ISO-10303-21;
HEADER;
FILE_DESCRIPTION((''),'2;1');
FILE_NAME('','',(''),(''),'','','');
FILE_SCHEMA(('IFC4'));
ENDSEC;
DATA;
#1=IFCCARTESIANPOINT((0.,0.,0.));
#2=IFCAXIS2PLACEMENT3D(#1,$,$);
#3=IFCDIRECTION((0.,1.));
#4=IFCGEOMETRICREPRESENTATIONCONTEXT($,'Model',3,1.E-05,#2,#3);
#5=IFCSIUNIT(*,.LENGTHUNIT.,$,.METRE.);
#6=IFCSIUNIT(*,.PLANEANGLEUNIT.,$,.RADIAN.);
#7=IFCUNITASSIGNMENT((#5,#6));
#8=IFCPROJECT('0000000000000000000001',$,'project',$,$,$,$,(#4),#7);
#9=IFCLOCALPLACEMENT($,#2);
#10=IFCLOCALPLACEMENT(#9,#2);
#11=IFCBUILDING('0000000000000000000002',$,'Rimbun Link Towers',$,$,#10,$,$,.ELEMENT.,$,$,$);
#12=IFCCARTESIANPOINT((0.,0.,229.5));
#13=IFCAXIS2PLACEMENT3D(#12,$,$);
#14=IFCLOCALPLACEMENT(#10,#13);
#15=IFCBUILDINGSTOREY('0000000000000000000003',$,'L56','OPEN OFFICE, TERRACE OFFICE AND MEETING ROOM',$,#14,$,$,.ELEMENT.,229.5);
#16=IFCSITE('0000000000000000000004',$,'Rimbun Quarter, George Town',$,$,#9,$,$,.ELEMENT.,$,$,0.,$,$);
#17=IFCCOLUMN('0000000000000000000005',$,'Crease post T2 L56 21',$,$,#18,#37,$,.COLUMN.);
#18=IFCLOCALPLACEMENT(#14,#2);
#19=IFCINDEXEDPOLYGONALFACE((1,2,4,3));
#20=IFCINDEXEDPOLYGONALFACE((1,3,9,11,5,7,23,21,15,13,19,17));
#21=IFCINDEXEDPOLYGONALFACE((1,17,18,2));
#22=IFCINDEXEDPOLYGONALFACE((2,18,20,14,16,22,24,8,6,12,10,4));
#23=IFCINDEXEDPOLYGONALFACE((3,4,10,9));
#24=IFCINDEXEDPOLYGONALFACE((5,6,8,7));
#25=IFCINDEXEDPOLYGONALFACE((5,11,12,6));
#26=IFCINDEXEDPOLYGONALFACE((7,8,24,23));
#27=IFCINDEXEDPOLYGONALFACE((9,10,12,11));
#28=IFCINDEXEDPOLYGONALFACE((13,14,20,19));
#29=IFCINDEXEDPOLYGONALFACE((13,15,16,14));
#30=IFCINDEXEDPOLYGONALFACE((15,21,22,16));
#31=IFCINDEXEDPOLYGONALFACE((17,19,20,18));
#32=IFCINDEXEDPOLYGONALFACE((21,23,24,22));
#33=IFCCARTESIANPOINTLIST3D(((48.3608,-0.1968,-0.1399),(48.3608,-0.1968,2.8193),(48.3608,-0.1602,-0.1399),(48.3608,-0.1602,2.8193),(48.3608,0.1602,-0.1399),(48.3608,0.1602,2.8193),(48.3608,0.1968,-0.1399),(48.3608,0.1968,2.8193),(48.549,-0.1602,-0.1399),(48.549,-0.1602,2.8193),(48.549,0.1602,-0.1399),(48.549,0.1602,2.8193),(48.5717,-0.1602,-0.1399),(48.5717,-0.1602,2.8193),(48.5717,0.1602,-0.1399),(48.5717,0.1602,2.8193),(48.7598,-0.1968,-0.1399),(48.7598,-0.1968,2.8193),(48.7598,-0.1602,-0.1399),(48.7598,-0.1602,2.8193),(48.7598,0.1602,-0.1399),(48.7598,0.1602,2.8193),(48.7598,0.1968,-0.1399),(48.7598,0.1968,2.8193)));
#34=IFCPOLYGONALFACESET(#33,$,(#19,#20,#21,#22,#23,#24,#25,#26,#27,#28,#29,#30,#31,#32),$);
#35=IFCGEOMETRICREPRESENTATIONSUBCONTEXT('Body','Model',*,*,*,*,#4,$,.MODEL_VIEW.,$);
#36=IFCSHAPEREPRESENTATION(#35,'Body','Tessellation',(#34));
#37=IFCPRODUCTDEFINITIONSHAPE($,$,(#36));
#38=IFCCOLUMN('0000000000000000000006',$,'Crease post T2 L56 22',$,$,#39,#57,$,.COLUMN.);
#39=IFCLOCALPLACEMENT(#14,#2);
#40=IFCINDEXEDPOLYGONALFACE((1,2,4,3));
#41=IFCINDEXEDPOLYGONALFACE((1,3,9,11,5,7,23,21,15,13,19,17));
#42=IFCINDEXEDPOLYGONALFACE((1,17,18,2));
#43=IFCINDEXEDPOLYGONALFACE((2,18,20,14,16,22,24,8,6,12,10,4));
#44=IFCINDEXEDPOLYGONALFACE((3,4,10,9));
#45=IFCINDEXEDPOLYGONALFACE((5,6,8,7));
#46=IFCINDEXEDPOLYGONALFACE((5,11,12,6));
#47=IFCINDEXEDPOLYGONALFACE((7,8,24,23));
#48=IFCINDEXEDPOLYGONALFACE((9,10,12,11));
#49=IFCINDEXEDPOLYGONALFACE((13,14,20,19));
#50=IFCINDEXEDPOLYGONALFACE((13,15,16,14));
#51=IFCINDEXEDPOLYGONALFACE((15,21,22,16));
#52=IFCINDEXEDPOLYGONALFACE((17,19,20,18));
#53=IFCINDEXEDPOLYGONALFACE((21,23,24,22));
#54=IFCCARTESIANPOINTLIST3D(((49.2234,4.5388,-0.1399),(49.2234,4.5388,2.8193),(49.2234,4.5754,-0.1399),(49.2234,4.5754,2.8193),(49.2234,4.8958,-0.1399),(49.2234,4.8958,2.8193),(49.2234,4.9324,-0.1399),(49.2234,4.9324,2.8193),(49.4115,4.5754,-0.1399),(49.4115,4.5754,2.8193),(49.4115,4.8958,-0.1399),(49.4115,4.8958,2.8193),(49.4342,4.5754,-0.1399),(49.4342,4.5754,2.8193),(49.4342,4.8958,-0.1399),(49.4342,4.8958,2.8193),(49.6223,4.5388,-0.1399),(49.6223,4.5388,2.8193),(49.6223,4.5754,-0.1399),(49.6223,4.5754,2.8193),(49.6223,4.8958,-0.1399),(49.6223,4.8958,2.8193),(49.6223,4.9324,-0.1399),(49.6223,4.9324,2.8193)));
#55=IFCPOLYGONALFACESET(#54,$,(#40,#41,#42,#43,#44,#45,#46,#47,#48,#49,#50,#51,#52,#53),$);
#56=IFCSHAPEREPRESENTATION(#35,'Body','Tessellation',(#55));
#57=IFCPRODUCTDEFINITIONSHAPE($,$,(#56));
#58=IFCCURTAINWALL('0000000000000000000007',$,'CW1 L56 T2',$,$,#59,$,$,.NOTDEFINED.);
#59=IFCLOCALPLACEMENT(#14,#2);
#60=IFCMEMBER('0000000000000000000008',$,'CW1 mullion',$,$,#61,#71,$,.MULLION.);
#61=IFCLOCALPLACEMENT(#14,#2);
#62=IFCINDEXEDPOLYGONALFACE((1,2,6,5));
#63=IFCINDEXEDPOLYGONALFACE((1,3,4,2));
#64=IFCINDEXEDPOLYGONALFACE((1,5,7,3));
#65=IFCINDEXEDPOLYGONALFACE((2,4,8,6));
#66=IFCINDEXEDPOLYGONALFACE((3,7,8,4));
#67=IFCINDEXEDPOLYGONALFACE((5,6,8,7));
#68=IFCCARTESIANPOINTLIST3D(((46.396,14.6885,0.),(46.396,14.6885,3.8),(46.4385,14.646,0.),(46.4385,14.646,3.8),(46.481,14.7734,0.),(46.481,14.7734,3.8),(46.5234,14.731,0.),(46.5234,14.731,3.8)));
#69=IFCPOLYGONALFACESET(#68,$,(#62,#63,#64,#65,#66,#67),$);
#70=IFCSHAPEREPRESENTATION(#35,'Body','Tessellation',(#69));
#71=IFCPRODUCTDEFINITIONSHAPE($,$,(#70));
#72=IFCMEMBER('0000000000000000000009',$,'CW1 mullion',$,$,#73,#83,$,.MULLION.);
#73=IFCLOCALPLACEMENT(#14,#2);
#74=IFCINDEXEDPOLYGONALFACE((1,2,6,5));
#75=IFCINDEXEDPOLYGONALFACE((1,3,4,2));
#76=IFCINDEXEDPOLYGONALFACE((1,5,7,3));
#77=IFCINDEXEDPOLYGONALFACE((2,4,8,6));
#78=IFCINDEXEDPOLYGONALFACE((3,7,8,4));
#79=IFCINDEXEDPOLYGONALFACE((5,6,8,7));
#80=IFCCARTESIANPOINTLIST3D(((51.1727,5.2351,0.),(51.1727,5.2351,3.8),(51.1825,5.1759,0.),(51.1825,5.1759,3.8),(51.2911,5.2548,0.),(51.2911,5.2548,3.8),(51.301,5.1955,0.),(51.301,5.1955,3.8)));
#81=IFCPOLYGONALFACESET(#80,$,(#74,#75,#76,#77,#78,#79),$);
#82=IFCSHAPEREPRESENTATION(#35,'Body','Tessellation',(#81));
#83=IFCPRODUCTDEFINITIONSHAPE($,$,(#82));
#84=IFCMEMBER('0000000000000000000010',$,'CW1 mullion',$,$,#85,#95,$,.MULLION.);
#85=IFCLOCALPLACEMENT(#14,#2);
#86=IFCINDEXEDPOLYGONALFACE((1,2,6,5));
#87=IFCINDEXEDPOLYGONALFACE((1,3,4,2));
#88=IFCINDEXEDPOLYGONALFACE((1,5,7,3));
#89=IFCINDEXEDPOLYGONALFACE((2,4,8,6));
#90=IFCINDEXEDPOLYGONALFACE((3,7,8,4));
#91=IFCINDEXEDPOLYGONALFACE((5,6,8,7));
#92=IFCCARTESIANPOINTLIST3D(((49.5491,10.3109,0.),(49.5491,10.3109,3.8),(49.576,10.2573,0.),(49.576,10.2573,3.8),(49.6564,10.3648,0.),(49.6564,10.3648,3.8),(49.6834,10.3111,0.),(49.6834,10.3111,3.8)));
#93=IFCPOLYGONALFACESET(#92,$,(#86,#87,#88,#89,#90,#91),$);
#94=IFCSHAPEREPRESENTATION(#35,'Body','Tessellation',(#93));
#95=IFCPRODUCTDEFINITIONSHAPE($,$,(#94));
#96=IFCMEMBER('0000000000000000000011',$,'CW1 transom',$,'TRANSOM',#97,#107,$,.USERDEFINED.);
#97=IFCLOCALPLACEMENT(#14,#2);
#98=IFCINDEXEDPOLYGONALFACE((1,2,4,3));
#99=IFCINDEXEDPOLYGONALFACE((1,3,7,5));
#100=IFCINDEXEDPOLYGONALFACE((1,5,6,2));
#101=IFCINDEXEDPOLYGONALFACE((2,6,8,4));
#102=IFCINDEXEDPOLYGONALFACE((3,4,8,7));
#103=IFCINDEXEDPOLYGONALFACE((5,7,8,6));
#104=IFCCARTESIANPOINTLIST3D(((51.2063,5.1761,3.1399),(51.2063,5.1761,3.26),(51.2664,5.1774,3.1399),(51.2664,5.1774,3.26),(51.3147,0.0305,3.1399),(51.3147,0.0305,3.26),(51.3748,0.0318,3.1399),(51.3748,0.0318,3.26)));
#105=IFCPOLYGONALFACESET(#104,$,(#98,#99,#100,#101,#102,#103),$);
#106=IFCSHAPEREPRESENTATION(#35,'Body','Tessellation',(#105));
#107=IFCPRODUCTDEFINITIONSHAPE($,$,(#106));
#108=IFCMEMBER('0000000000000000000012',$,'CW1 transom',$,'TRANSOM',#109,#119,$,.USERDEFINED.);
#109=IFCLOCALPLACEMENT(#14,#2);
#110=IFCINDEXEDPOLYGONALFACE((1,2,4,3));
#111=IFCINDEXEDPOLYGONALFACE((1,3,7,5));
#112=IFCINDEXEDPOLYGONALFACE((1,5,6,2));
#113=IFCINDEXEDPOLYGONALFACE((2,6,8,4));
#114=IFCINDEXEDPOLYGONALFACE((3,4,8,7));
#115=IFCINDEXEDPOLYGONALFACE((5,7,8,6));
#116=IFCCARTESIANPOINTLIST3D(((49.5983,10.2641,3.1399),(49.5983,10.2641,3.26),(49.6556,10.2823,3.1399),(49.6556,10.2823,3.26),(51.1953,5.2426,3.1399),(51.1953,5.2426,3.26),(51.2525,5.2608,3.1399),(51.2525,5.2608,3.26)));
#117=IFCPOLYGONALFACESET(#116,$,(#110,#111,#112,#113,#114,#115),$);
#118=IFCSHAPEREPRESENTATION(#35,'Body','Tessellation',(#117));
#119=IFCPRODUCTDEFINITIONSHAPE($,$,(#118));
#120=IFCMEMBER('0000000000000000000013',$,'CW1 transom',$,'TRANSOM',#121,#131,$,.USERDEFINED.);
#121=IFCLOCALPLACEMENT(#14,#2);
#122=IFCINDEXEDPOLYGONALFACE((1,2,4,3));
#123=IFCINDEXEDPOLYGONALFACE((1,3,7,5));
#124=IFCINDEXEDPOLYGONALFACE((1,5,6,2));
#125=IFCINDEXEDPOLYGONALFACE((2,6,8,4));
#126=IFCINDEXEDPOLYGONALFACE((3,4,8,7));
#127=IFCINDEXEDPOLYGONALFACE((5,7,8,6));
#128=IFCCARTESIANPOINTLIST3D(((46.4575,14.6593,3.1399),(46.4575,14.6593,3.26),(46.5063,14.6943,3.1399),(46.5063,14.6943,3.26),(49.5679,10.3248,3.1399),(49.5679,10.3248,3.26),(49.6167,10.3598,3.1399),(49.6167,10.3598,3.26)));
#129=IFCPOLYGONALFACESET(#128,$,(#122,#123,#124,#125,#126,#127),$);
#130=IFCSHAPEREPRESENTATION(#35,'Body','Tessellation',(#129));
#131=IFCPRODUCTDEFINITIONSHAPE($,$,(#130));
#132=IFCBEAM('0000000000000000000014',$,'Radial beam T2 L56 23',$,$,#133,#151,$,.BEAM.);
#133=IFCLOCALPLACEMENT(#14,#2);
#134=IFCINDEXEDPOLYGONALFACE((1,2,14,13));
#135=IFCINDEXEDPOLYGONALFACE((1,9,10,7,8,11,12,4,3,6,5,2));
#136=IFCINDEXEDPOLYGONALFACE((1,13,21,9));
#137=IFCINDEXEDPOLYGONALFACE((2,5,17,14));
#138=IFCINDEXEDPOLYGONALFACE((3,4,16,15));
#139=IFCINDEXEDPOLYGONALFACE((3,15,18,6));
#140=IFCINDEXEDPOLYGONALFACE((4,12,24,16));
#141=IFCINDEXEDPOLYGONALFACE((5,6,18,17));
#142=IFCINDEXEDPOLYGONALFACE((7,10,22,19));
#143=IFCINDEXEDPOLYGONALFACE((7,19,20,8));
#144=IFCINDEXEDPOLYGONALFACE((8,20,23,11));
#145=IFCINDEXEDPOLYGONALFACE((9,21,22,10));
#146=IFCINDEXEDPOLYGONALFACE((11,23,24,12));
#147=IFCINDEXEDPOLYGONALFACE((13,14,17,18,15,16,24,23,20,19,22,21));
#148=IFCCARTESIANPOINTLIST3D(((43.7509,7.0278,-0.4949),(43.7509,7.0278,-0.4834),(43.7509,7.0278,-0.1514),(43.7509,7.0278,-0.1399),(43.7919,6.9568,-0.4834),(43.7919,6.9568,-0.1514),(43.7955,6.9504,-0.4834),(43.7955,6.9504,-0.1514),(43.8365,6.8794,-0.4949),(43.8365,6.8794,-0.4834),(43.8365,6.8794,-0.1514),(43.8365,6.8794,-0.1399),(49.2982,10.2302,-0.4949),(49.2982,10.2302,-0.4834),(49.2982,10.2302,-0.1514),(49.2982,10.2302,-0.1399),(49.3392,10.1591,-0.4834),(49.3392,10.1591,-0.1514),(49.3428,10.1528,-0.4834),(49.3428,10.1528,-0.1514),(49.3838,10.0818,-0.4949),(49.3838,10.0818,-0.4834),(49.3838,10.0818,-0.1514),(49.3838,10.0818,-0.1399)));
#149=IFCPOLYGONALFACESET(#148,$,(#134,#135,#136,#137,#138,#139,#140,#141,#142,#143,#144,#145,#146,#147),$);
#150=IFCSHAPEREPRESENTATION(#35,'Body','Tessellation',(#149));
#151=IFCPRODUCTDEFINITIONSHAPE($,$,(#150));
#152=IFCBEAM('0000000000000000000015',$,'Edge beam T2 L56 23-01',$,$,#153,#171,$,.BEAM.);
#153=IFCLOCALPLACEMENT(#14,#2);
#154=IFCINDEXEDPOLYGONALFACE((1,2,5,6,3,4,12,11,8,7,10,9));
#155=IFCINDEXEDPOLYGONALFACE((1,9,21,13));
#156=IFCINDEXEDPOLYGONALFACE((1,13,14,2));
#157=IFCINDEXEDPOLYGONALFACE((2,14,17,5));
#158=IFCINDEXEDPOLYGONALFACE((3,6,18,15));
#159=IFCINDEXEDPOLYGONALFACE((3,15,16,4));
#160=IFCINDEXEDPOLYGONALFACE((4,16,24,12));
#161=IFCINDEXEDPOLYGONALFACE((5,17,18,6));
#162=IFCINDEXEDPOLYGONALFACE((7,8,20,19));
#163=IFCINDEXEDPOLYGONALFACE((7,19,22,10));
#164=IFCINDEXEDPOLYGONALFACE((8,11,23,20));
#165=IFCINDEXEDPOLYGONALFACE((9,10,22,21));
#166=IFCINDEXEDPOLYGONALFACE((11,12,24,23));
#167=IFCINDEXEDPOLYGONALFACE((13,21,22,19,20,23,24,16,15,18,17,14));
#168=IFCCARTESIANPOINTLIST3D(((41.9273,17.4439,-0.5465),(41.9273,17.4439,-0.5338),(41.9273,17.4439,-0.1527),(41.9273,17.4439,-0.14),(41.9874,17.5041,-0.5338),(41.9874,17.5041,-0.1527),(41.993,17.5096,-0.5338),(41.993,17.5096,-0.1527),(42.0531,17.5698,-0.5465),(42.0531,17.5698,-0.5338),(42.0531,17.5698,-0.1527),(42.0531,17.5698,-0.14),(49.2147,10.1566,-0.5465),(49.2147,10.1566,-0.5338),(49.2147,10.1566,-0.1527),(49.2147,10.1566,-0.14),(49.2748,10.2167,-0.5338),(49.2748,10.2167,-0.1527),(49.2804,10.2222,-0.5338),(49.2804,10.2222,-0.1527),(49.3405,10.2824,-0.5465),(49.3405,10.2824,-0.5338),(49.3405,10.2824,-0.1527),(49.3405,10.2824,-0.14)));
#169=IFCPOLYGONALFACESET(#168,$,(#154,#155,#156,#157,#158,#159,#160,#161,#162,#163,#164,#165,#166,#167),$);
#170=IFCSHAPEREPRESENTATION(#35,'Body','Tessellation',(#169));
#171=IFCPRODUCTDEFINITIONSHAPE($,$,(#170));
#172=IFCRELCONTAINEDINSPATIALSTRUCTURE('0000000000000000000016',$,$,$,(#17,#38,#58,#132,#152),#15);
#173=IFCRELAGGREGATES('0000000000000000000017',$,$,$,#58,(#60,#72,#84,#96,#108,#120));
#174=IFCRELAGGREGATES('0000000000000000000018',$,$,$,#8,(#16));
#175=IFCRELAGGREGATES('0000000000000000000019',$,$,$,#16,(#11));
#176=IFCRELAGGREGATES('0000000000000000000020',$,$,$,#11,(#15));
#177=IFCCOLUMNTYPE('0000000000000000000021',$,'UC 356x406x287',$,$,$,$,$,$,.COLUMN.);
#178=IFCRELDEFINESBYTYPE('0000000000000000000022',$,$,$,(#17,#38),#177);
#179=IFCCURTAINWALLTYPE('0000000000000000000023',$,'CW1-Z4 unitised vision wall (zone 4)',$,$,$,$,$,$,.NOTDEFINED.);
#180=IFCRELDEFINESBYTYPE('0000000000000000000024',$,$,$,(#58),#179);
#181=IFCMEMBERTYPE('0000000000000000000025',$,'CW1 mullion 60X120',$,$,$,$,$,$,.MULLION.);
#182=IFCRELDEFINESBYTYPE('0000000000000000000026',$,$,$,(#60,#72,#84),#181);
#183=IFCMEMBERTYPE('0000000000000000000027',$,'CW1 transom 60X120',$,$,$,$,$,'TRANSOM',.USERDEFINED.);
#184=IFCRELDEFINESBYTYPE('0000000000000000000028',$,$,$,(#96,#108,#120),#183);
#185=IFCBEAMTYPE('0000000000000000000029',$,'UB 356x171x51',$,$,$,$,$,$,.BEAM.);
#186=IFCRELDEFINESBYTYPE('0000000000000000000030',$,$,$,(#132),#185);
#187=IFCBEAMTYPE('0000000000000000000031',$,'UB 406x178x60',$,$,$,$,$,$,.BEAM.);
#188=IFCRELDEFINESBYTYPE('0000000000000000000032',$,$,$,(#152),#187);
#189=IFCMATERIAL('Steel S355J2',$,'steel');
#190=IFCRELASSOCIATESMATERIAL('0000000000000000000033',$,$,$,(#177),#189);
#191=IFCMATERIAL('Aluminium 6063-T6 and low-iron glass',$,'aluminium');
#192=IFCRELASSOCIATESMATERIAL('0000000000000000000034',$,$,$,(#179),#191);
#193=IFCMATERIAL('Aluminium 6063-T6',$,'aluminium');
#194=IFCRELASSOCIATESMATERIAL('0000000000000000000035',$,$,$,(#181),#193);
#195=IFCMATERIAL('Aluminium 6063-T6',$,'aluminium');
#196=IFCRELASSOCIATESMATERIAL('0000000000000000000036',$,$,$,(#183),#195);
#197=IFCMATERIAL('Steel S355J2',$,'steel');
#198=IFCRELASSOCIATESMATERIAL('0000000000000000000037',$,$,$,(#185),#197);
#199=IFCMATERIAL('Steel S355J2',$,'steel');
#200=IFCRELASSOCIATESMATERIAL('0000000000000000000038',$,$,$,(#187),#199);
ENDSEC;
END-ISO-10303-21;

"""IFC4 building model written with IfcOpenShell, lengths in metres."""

from ifc_helpers import new_model, si_unit, direction, frame, origin, origin_2d, place, context, subcontext, project, spatial, rectangle, i_section, extrude, material, material_profile, profile_set, type_object, element, aggregate, save


model = new_model("IFC4")

# Units and contexts
model_context = context("Model", 3, precision=1e-05, world=origin(), true_north=direction((0.0, 1.0)))
body_context = subcontext(model_context, "Body", "Model", "MODEL_VIEW")
ifc_project = project(units=[si_unit("LENGTHUNIT", "METRE"), si_unit("PLANEANGLEUNIT", "RADIAN")], contexts=[model_context])

# Site, building, storey
site_placement = place(None, origin())
site = spatial("IfcSite", under=ifc_project, at=site_placement, Name="Rimbun Quarter, George Town", CompositionType="ELEMENT", RefElevation=0.0)
building_placement = place(site_placement, origin())
building = spatial("IfcBuilding", under=site, at=building_placement, Name="Rimbun Link Towers", CompositionType="ELEMENT")
storey_placement = place(building_placement, frame((0.0, 0.0, 229.5)))
storey = spatial("IfcBuildingStorey", under=building, at=storey_placement, Name="L56", Description="OPEN OFFICE, TERRACE OFFICE AND MEETING ROOM", CompositionType="ELEMENT", Elevation=229.5)

# Columns
ifc_material_1 = material(Name="Steel S355J2", Category="steel")
ifc_material_profile_1 = material_profile(ifc_material_1, i_section(OverallWidth=0.3989, OverallDepth=0.3936, WebThickness=0.0227, FlangeThickness=0.0366, at=origin_2d()), Name="UC 356x406x287")
ifc_profile_set_1 = profile_set([ifc_material_profile_1], Name="Steel S355J2")
column_type = type_object("IfcColumnType", Name="UC 356x406x287", PredefinedType="COLUMN", material=ifc_profile_set_1)
for number, where, z_axis, x_axis, name in (
    (1, (48.5603, 0.0, -0.1399), (0.0, 0.0, 1.0), (1.0, 0.0, 0.0), "Crease post T2 L56 21"),
    (2, (49.4229, 4.7356, -0.1399), (0.0, 0.0, 1.0), (1.0, 0.0, 0.0), "Crease post T2 L56 22"),
):
    element("IfcColumn", number, at=place(storey_placement, frame(where, z_axis=z_axis, x_axis=x_axis)), inside=storey, type_object=column_type, Name=name, PredefinedType="COLUMN", context=body_context, shape_type="SweptSolid", body=[
        extrude(i_section(OverallWidth=0.3989, OverallDepth=0.3936, WebThickness=0.0227, FlangeThickness=0.0366, at=origin_2d()), origin(), (0.0, 0.0, 1.0), 2.9592),
    ])

# Curtain wall, members
ifc_material_2 = material(Name="Aluminium 6063-T6 and low-iron glass", Category="aluminium")
curtain_wall_type = type_object("IfcCurtainWallType", Name="CW1-Z4 unitised vision wall (zone 4)", PredefinedType="NOTDEFINED", material=ifc_material_2)
curtain_wall_placement = place(storey_placement, origin())
curtain_wall = element("IfcCurtainWall", 3, at=curtain_wall_placement, inside=storey, type_object=curtain_wall_type, Name="CW1 L56 T2", PredefinedType="NOTDEFINED")
ifc_material_3 = material(Name="Aluminium 6063-T6", Category="aluminium")
ifc_material_profile_2 = material_profile(ifc_material_3, rectangle(XDim=0.1201, YDim=0.0601, at=origin_2d()), Name="MULLION 60X120")
ifc_profile_set_2 = profile_set([ifc_material_profile_2], Name="Aluminium 6063-T6")
member_type_1 = type_object("IfcMemberType", Name="CW1 mullion 60X120", PredefinedType="MULLION", material=ifc_profile_set_2)
member_1_placement = place(storey_placement, frame((46.4597, 14.7097, 0.0), z_axis=(0.0, 0.0, 1.0), x_axis=(0.707107, 0.707107, 0.0)))
member_1 = element("IfcMember", 4, at=member_1_placement, type_object=member_type_1, Name="CW1 mullion", PredefinedType="MULLION", context=body_context, shape_type="SweptSolid", body=[
    extrude(rectangle(XDim=0.1201, YDim=0.0601, at=origin_2d()), origin(), (0.0, 0.0, 1.0), 3.8),
])
member_2_placement = place(storey_placement, frame((51.2368, 5.2153, 0.0), z_axis=(0.0, 0.0, 1.0), x_axis=(0.986503, 0.163742, 0.0)))
member_2 = element("IfcMember", 5, at=member_2_placement, type_object=member_type_1, Name="CW1 mullion", PredefinedType="MULLION", context=body_context, shape_type="SweptSolid", body=[
    extrude(rectangle(XDim=0.1201, YDim=0.0601, at=origin_2d()), origin(), (0.0, 0.0, 1.0), 3.8),
])
member_3_placement = place(storey_placement, frame((49.6162, 10.311, 0.0), z_axis=(0.0, 0.0, 1.0), x_axis=(0.893749, 0.448567, 0.0)))
member_3 = element("IfcMember", 6, at=member_3_placement, type_object=member_type_1, Name="CW1 mullion", PredefinedType="MULLION", context=body_context, shape_type="SweptSolid", body=[
    extrude(rectangle(XDim=0.1201, YDim=0.0601, at=origin_2d()), origin(), (0.0, 0.0, 1.0), 3.8),
])
ifc_material_4 = material(Name="Aluminium 6063-T6", Category="aluminium")
ifc_material_profile_3 = material_profile(ifc_material_4, rectangle(XDim=0.0601, YDim=0.1201, at=origin_2d()), Name="TRANSOM 60X120")
ifc_profile_set_3 = profile_set([ifc_material_profile_3], Name="Aluminium 6063-T6")
member_type_2 = type_object("IfcMemberType", Name="CW1 transom 60X120", ElementType="TRANSOM", PredefinedType="USERDEFINED", material=ifc_profile_set_3)
member_4_placement = place(storey_placement, frame((51.2363, 5.1768, 3.2), z_axis=(0.021062, -0.999778, 0.0), x_axis=(0.999778, 0.021062, 0.0)))
member_4 = element("IfcMember", 7, at=member_4_placement, type_object=member_type_2, Name="CW1 transom", ObjectType="TRANSOM", PredefinedType="USERDEFINED", context=body_context, shape_type="SweptSolid", body=[
    extrude(rectangle(XDim=0.0601, YDim=0.1201, at=origin_2d()), origin(), (0.0, 0.0, 1.0), 5.1467),
])
member_5_placement = place(storey_placement, frame((49.627, 10.2732, 3.2), z_axis=(0.303062, -0.952971, 0.0), x_axis=(0.952971, 0.303062, 0.0)))
member_5 = element("IfcMember", 8, at=member_5_placement, type_object=member_type_2, Name="CW1 transom", ObjectType="TRANSOM", PredefinedType="USERDEFINED", context=body_context, shape_type="SweptSolid", body=[
    extrude(rectangle(XDim=0.0601, YDim=0.1201, at=origin_2d()), origin(), (0.0, 0.0, 1.0), 5.2693),
])
member_6_placement = place(storey_placement, frame((46.4819, 14.6768, 3.2), z_axis=(0.583012, -0.812464, 0.0), x_axis=(0.812464, 0.583012, 0.0)))
member_6 = element("IfcMember", 9, at=member_6_placement, type_object=member_type_2, Name="CW1 transom", ObjectType="TRANSOM", PredefinedType="USERDEFINED", context=body_context, shape_type="SweptSolid", body=[
    extrude(rectangle(XDim=0.0601, YDim=0.1201, at=origin_2d()), origin(), (0.0, 0.0, 1.0), 5.335),
])

# Beams
ifc_material_5 = material(Name="Steel S355J2", Category="steel")
ifc_material_profile_4 = material_profile(ifc_material_5, i_section(OverallWidth=0.1714, OverallDepth=0.355, WebThickness=0.0073, FlangeThickness=0.0115, at=origin_2d()), Name="UB 356x171x51")
ifc_profile_set_4 = profile_set([ifc_material_profile_4], Name="Steel S355J2")
beam_type_1 = type_object("IfcBeamType", Name="UB 356x171x51", PredefinedType="BEAM", material=ifc_profile_set_4)
beam_1_placement = place(storey_placement, frame((43.7937, 6.9536, -0.3174), z_axis=(0.866051, 0.499956, 0.0), x_axis=(-0.499956, 0.866051, 0.0)))
element("IfcBeam", 10, at=beam_1_placement, inside=storey, type_object=beam_type_1, Name="Radial beam T2 L56 23", PredefinedType="BEAM", context=body_context, shape_type="SweptSolid", body=[
    extrude(i_section(OverallWidth=0.1714, OverallDepth=0.355, WebThickness=0.0073, FlangeThickness=0.0115, at=origin_2d()), origin(), (0.0, 0.0, 1.0), 6.4053),
])
ifc_material_6 = material(Name="Steel S355J2", Category="steel")
ifc_material_profile_5 = material_profile(ifc_material_6, i_section(OverallWidth=0.178, OverallDepth=0.4065, WebThickness=0.0078, FlangeThickness=0.0127, at=origin_2d()), Name="UB 406x178x60")
ifc_profile_set_5 = profile_set([ifc_material_profile_5], Name="Steel S355J2")
beam_type_2 = type_object("IfcBeamType", Name="UB 406x178x60", PredefinedType="BEAM", material=ifc_profile_set_5)
beam_2_placement = place(storey_placement, frame((49.2776, 10.2195, -0.3433), z_axis=(-0.707107, 0.707107, 0.0), x_axis=(-0.707107, -0.707107, 0.0)))
element("IfcBeam", 11, at=beam_2_placement, inside=storey, type_object=beam_type_2, Name="Edge beam T2 L56 23-01", PredefinedType="BEAM", context=body_context, shape_type="SweptSolid", body=[
    extrude(i_section(OverallWidth=0.178, OverallDepth=0.4065, WebThickness=0.0078, FlangeThickness=0.0127, at=origin_2d()), origin(), (0.0, 0.0, 1.0), 10.3059),
])

aggregate(curtain_wall, [member_1, member_2, member_3, member_4, member_5, member_6])

save(model, "model.ifc")
